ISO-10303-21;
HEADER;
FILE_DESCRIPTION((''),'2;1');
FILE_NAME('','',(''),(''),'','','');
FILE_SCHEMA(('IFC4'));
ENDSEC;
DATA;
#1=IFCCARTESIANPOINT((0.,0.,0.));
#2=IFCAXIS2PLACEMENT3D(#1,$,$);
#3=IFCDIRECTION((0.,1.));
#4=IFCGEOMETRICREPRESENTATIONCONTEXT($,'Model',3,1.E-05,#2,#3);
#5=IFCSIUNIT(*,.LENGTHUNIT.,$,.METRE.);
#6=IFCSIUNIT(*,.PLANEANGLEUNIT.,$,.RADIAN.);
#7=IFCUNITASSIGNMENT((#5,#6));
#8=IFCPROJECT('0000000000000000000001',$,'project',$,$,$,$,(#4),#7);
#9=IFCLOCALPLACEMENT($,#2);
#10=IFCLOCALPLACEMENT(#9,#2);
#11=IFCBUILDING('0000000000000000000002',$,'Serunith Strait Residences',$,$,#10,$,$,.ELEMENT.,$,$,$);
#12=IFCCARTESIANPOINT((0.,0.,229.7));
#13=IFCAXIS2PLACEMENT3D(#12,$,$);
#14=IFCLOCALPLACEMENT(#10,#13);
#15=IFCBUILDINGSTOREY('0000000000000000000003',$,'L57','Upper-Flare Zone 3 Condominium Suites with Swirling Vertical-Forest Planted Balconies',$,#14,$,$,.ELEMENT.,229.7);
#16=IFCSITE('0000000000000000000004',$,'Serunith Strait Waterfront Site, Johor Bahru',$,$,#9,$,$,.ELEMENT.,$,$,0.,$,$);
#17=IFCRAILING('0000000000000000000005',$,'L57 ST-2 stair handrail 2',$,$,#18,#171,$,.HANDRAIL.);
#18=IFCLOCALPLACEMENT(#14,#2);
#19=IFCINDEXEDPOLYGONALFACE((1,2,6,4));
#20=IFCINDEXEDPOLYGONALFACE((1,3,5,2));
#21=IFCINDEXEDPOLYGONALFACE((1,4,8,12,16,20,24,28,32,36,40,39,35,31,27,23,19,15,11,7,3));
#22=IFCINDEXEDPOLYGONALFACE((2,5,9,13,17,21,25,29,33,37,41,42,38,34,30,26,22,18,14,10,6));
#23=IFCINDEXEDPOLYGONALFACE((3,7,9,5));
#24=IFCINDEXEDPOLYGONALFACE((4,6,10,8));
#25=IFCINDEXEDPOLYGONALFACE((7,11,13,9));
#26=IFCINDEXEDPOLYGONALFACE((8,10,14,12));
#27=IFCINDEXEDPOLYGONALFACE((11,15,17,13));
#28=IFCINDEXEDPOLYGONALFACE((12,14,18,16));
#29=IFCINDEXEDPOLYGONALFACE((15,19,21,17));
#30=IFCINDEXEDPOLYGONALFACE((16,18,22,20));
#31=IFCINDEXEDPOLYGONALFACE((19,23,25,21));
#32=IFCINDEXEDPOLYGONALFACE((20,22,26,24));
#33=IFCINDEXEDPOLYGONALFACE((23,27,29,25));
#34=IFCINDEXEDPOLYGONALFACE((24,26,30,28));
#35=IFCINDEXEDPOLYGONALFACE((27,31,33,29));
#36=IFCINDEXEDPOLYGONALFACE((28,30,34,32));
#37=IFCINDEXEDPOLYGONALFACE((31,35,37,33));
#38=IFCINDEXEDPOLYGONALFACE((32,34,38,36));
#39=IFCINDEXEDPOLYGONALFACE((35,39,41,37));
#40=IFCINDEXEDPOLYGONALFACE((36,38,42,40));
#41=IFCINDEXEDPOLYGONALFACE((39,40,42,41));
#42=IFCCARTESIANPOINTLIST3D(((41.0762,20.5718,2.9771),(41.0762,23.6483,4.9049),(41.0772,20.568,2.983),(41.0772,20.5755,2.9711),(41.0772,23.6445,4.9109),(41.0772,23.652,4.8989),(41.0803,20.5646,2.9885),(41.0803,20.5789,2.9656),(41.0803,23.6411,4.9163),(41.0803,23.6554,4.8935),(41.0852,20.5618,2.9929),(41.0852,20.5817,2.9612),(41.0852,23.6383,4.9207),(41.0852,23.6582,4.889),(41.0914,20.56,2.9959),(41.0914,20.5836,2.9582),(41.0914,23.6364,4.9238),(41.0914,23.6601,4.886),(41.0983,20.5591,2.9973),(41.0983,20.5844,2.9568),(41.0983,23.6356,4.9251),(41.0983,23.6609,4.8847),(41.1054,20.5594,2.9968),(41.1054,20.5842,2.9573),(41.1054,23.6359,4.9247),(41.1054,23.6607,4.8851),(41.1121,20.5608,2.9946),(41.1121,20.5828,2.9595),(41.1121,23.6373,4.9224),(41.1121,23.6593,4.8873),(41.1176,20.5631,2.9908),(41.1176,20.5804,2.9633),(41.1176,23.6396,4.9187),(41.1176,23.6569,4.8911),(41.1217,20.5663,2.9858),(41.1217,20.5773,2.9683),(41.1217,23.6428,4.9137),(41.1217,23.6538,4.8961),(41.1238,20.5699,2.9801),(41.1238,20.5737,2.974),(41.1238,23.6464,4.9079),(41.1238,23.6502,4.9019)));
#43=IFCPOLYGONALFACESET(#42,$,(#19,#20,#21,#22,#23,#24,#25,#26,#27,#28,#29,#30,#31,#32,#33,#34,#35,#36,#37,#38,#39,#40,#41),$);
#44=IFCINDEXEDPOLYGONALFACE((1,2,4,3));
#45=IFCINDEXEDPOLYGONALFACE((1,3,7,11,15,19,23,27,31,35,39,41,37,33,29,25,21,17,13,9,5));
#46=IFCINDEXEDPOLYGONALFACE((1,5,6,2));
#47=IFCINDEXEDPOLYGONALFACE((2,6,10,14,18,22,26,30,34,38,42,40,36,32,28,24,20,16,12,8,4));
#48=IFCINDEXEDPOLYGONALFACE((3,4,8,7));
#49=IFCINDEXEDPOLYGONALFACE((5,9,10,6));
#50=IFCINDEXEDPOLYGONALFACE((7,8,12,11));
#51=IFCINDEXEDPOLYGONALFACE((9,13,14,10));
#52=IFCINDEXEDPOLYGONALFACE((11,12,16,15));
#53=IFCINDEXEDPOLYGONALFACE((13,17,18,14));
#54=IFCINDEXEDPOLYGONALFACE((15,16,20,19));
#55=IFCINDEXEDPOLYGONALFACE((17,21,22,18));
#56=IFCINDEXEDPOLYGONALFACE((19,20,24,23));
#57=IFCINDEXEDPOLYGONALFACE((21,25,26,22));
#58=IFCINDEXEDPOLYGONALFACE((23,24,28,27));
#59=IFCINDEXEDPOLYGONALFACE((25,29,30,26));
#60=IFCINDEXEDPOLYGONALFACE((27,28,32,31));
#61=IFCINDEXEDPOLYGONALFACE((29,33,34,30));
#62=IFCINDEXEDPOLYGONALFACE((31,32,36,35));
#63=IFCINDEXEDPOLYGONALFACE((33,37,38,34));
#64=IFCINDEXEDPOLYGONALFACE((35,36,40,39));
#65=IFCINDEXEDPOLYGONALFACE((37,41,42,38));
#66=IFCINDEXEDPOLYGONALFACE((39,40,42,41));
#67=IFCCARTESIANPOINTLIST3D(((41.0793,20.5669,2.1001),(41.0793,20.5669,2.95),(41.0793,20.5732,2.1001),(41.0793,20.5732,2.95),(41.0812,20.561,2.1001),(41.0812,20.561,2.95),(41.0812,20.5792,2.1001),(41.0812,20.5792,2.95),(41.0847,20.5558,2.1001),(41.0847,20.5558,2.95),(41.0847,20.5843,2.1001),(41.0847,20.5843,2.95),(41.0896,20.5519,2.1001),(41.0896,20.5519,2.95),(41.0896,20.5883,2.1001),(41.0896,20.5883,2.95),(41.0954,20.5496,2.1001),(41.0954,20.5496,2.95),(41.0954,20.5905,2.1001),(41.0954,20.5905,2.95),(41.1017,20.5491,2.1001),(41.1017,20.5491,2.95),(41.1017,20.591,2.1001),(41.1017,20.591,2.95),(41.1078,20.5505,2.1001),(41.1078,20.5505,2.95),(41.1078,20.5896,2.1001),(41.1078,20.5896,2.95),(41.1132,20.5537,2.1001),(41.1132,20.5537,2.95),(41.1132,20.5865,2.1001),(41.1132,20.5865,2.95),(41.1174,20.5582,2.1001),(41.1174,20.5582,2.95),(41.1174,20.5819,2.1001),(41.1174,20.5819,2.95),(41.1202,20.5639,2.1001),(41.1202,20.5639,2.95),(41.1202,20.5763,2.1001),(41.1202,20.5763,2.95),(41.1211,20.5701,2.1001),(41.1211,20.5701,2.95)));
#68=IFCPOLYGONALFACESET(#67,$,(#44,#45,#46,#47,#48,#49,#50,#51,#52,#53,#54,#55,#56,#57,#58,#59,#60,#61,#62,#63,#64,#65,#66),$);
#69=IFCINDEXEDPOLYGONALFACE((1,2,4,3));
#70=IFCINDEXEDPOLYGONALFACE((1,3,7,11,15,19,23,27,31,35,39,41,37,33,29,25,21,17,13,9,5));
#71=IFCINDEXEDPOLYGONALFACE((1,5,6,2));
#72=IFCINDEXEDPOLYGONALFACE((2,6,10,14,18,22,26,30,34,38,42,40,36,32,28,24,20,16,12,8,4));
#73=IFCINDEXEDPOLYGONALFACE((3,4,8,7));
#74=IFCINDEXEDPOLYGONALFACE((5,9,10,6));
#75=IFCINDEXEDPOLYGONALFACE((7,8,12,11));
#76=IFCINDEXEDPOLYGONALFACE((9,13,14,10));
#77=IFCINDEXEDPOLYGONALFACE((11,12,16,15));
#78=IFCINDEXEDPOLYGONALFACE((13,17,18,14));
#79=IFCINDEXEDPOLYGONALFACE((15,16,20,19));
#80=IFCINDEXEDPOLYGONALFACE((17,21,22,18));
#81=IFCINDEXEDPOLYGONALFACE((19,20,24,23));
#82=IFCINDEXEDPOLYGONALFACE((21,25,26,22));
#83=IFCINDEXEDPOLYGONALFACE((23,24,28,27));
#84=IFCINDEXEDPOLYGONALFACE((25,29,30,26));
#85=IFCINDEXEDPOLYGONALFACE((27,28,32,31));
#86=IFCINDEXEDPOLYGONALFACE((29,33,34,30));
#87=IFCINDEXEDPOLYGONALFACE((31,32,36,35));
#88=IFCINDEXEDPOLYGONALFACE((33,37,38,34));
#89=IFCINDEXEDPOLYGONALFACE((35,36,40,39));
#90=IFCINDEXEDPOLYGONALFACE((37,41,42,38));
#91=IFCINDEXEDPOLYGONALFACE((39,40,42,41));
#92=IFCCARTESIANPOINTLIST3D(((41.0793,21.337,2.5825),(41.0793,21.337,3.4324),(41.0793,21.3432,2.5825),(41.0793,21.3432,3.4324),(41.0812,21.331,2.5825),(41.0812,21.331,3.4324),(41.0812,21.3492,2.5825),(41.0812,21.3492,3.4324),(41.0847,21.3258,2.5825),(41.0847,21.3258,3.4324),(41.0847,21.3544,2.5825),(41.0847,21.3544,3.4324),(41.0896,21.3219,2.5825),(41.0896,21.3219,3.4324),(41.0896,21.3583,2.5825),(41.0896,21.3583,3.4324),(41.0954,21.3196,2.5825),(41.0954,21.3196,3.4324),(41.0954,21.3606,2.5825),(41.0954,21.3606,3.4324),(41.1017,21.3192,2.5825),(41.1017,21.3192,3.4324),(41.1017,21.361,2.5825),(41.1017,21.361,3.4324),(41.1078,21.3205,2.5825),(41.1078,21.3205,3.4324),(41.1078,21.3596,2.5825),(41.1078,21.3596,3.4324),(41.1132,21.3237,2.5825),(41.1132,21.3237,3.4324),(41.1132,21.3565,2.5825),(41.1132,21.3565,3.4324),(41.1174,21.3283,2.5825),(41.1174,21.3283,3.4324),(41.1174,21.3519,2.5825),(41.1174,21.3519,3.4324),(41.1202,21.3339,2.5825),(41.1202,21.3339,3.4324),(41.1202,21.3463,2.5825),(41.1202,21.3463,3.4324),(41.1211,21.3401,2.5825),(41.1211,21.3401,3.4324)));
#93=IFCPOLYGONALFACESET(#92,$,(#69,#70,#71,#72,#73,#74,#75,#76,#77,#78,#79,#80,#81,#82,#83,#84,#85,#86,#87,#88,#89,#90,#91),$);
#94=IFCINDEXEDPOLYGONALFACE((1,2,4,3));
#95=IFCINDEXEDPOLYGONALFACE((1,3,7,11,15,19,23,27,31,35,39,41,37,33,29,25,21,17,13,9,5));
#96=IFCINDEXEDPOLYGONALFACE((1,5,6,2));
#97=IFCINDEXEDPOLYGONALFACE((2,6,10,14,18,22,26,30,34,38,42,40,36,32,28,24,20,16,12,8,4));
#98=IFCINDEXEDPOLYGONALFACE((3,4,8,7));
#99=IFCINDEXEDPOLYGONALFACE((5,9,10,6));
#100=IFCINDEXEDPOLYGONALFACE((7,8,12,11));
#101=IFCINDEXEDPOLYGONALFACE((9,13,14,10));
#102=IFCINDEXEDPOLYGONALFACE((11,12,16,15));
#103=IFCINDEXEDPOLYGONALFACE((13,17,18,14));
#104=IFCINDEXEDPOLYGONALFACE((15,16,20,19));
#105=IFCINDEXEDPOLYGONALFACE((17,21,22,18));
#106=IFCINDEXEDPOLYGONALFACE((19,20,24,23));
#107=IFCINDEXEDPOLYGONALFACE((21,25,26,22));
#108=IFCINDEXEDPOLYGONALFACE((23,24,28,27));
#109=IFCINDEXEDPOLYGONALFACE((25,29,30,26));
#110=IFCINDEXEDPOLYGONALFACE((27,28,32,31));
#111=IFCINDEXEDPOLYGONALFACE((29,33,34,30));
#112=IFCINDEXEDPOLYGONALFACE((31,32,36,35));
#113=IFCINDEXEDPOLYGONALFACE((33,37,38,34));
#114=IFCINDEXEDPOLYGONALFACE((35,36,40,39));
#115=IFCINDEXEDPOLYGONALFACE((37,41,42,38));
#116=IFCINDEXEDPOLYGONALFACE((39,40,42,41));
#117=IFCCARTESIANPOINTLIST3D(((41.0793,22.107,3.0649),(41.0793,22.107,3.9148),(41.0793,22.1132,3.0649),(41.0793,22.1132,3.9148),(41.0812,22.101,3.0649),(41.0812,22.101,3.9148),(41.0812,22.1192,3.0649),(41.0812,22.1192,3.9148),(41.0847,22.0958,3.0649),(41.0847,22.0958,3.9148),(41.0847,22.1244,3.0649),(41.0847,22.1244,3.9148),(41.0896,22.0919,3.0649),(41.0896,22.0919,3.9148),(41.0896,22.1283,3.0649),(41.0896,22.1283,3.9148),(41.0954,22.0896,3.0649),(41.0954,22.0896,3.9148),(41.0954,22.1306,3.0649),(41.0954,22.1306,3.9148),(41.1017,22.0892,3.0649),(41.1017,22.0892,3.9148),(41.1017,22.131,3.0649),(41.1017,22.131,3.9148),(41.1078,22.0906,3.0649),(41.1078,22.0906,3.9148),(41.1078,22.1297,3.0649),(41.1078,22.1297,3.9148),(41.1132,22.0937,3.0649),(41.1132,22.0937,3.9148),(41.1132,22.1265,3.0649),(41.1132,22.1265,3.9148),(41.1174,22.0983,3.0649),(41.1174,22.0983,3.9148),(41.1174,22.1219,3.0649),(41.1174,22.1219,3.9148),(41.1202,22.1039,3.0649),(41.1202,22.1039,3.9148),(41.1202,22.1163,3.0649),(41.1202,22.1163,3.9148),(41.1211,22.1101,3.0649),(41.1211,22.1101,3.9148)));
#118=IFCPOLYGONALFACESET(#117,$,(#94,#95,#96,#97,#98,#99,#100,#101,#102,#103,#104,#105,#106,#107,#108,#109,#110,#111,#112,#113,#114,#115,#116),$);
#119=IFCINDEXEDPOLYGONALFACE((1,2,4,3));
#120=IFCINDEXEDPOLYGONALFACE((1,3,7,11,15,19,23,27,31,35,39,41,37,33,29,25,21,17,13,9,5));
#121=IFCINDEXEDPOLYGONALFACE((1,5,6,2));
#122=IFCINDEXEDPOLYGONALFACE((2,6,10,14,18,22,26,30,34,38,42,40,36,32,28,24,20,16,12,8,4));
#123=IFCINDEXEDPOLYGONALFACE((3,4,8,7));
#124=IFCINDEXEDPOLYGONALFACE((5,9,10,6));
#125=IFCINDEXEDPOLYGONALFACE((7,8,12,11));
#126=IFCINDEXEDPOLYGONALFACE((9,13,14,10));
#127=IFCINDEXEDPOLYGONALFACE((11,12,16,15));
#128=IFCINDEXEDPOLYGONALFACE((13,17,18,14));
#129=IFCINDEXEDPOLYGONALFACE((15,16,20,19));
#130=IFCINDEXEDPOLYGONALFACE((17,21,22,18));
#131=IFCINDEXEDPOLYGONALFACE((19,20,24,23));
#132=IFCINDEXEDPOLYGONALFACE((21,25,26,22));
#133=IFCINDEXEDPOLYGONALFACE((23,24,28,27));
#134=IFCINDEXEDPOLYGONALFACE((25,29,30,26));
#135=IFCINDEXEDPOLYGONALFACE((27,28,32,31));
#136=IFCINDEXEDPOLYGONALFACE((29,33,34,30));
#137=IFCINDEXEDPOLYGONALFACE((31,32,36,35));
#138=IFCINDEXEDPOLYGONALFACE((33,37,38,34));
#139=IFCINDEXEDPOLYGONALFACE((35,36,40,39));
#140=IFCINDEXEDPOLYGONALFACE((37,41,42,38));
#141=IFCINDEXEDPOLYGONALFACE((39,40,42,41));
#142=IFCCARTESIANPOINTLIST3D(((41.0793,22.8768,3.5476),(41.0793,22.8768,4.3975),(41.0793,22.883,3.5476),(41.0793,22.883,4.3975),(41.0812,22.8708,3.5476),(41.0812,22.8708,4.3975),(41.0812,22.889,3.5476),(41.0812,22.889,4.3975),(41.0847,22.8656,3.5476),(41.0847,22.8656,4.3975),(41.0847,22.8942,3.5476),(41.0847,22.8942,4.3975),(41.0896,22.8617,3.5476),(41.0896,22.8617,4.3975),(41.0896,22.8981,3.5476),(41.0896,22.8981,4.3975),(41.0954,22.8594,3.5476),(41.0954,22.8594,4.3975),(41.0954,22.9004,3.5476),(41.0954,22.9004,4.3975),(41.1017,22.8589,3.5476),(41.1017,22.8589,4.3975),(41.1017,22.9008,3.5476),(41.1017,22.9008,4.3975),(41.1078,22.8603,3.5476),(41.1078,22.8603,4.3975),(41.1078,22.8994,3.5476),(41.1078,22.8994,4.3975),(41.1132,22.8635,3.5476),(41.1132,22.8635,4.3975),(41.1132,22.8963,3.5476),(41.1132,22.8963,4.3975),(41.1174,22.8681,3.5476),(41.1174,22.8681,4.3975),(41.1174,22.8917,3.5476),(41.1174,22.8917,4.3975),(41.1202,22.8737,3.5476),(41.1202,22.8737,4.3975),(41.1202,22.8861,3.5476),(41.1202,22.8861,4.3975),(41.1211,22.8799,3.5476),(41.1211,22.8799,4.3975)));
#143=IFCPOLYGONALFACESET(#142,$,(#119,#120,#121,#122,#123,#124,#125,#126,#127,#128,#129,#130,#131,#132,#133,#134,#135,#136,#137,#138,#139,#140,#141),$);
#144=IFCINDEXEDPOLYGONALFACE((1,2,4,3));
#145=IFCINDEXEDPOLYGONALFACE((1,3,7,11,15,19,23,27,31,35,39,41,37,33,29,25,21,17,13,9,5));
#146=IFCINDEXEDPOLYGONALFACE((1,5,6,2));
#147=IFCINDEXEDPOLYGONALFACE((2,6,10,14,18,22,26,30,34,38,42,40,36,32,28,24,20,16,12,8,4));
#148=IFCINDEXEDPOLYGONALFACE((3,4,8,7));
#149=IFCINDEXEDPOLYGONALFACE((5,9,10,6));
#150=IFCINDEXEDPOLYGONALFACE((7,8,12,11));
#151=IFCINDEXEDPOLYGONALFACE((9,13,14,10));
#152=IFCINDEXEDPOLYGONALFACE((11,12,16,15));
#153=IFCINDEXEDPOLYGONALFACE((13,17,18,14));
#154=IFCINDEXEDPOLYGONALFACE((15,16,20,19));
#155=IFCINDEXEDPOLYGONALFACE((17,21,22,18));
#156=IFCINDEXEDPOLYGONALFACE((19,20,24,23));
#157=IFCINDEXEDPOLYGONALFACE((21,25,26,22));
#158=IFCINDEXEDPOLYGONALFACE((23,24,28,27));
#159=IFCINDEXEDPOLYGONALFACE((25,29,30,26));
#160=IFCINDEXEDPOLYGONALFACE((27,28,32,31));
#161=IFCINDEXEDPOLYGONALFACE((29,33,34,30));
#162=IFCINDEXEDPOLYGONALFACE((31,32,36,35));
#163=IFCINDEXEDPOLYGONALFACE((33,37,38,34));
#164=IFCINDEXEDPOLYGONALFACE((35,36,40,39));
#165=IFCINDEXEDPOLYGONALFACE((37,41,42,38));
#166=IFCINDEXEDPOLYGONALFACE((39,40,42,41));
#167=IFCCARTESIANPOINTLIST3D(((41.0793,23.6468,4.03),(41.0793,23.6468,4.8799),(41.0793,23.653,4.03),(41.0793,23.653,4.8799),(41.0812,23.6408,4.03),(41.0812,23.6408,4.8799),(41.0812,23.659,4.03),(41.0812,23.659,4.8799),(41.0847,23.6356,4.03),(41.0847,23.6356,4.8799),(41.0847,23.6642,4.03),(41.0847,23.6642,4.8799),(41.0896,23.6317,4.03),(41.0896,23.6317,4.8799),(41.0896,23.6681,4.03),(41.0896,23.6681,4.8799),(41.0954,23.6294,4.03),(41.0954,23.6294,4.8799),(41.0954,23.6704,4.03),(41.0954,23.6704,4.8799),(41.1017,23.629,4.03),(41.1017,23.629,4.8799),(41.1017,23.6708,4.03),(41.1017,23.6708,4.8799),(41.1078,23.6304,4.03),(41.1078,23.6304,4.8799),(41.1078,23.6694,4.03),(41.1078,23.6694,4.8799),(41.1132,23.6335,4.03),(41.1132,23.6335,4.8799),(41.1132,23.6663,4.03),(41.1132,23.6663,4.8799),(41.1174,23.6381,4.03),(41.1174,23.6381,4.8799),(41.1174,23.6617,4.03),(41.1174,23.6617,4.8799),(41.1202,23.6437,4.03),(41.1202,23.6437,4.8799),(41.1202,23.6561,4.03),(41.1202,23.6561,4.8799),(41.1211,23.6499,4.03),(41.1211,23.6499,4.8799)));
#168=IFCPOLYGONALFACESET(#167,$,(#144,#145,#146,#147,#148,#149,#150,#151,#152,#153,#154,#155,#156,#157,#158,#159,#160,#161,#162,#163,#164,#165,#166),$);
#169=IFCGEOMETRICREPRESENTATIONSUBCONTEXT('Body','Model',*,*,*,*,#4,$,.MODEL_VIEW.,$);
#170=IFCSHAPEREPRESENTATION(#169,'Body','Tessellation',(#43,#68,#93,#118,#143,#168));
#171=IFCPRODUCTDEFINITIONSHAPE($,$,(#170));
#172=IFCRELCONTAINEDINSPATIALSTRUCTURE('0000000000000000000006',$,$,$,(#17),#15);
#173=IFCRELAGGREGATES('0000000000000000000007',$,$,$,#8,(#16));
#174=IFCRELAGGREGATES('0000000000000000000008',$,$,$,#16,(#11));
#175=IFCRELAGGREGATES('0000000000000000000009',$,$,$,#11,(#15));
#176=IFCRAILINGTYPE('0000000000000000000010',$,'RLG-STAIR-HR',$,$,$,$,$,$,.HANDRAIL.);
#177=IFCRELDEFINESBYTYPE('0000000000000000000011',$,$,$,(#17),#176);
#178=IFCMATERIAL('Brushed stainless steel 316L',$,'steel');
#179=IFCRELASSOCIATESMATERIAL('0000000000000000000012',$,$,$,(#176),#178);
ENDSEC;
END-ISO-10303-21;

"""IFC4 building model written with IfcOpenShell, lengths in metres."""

from ifc_helpers import new_model, si_unit, direction, frame, origin, origin_2d, place, context, subcontext, project, spatial, circle, extrude, material, type_object, element, save


model = new_model("IFC4")

# Units and contexts
model_context = context("Model", 3, precision=1e-05, world=origin(), true_north=direction((0.0, 1.0)))
body_context = subcontext(model_context, "Body", "Model", "MODEL_VIEW")
ifc_project = project(units=[si_unit("LENGTHUNIT", "METRE"), si_unit("PLANEANGLEUNIT", "RADIAN")], contexts=[model_context])

# Site, building, storey
site_placement = place(None, origin())
site = spatial("IfcSite", under=ifc_project, at=site_placement, Name="Serunith Strait Waterfront Site, Johor Bahru", CompositionType="ELEMENT", RefElevation=0.0)
building_placement = place(site_placement, origin())
building = spatial("IfcBuilding", under=site, at=building_placement, Name="Serunith Strait Residences", CompositionType="ELEMENT")
storey_placement = place(building_placement, frame((0.0, 0.0, 229.7)))
storey = spatial("IfcBuildingStorey", under=building, at=storey_placement, Name="L57", Description="Upper-Flare Zone 3 Condominium Suites with Swirling Vertical-Forest Planted Balconies", CompositionType="ELEMENT", Elevation=229.7)

# Railing
ifc_material_1 = material(Name="Brushed stainless steel 316L", Category="steel")
railing_type_1 = type_object("IfcRailingType", Name="RLG-STAIR-HR", PredefinedType="HANDRAIL", material=ifc_material_1)
railing_1_placement = place(storey_placement, frame((41.1001, 20.5701, 2.1001)))
element("IfcRailing", 1, at=railing_1_placement, inside=storey, type_object=railing_type_1, Name="L57 ST-2 stair handrail 2", PredefinedType="HANDRAIL", context=body_context, shape_type="SweptSolid", body=[
    extrude(circle(Radius=0.0239, at=origin_2d()), frame((0.0, 0.0017, 0.877), z_axis=(0.0, 0.847375, 0.530995), x_axis=(-1.0, 0.0, 0.0)), (0.0, 0.0, 1.0), 3.6306),
    extrude(circle(Radius=0.021, at=origin_2d()), origin(), (0.0, 0.0, 1.0), 0.8499),
    extrude(circle(Radius=0.021, at=origin_2d()), frame((0.0, 0.77, 0.4824)), (0.0, 0.0, 1.0), 0.8499),
    extrude(circle(Radius=0.021, at=origin_2d()), frame((0.0, 1.54, 0.9648)), (0.0, 0.0, 1.0), 0.8499),
    extrude(circle(Radius=0.021, at=origin_2d()), frame((0.0, 2.3098, 1.4475)), (0.0, 0.0, 1.0), 0.8499),
    extrude(circle(Radius=0.021, at=origin_2d()), frame((0.0, 3.0798, 1.9299)), (0.0, 0.0, 1.0), 0.8499),
])

save(model, "model.ifc")
